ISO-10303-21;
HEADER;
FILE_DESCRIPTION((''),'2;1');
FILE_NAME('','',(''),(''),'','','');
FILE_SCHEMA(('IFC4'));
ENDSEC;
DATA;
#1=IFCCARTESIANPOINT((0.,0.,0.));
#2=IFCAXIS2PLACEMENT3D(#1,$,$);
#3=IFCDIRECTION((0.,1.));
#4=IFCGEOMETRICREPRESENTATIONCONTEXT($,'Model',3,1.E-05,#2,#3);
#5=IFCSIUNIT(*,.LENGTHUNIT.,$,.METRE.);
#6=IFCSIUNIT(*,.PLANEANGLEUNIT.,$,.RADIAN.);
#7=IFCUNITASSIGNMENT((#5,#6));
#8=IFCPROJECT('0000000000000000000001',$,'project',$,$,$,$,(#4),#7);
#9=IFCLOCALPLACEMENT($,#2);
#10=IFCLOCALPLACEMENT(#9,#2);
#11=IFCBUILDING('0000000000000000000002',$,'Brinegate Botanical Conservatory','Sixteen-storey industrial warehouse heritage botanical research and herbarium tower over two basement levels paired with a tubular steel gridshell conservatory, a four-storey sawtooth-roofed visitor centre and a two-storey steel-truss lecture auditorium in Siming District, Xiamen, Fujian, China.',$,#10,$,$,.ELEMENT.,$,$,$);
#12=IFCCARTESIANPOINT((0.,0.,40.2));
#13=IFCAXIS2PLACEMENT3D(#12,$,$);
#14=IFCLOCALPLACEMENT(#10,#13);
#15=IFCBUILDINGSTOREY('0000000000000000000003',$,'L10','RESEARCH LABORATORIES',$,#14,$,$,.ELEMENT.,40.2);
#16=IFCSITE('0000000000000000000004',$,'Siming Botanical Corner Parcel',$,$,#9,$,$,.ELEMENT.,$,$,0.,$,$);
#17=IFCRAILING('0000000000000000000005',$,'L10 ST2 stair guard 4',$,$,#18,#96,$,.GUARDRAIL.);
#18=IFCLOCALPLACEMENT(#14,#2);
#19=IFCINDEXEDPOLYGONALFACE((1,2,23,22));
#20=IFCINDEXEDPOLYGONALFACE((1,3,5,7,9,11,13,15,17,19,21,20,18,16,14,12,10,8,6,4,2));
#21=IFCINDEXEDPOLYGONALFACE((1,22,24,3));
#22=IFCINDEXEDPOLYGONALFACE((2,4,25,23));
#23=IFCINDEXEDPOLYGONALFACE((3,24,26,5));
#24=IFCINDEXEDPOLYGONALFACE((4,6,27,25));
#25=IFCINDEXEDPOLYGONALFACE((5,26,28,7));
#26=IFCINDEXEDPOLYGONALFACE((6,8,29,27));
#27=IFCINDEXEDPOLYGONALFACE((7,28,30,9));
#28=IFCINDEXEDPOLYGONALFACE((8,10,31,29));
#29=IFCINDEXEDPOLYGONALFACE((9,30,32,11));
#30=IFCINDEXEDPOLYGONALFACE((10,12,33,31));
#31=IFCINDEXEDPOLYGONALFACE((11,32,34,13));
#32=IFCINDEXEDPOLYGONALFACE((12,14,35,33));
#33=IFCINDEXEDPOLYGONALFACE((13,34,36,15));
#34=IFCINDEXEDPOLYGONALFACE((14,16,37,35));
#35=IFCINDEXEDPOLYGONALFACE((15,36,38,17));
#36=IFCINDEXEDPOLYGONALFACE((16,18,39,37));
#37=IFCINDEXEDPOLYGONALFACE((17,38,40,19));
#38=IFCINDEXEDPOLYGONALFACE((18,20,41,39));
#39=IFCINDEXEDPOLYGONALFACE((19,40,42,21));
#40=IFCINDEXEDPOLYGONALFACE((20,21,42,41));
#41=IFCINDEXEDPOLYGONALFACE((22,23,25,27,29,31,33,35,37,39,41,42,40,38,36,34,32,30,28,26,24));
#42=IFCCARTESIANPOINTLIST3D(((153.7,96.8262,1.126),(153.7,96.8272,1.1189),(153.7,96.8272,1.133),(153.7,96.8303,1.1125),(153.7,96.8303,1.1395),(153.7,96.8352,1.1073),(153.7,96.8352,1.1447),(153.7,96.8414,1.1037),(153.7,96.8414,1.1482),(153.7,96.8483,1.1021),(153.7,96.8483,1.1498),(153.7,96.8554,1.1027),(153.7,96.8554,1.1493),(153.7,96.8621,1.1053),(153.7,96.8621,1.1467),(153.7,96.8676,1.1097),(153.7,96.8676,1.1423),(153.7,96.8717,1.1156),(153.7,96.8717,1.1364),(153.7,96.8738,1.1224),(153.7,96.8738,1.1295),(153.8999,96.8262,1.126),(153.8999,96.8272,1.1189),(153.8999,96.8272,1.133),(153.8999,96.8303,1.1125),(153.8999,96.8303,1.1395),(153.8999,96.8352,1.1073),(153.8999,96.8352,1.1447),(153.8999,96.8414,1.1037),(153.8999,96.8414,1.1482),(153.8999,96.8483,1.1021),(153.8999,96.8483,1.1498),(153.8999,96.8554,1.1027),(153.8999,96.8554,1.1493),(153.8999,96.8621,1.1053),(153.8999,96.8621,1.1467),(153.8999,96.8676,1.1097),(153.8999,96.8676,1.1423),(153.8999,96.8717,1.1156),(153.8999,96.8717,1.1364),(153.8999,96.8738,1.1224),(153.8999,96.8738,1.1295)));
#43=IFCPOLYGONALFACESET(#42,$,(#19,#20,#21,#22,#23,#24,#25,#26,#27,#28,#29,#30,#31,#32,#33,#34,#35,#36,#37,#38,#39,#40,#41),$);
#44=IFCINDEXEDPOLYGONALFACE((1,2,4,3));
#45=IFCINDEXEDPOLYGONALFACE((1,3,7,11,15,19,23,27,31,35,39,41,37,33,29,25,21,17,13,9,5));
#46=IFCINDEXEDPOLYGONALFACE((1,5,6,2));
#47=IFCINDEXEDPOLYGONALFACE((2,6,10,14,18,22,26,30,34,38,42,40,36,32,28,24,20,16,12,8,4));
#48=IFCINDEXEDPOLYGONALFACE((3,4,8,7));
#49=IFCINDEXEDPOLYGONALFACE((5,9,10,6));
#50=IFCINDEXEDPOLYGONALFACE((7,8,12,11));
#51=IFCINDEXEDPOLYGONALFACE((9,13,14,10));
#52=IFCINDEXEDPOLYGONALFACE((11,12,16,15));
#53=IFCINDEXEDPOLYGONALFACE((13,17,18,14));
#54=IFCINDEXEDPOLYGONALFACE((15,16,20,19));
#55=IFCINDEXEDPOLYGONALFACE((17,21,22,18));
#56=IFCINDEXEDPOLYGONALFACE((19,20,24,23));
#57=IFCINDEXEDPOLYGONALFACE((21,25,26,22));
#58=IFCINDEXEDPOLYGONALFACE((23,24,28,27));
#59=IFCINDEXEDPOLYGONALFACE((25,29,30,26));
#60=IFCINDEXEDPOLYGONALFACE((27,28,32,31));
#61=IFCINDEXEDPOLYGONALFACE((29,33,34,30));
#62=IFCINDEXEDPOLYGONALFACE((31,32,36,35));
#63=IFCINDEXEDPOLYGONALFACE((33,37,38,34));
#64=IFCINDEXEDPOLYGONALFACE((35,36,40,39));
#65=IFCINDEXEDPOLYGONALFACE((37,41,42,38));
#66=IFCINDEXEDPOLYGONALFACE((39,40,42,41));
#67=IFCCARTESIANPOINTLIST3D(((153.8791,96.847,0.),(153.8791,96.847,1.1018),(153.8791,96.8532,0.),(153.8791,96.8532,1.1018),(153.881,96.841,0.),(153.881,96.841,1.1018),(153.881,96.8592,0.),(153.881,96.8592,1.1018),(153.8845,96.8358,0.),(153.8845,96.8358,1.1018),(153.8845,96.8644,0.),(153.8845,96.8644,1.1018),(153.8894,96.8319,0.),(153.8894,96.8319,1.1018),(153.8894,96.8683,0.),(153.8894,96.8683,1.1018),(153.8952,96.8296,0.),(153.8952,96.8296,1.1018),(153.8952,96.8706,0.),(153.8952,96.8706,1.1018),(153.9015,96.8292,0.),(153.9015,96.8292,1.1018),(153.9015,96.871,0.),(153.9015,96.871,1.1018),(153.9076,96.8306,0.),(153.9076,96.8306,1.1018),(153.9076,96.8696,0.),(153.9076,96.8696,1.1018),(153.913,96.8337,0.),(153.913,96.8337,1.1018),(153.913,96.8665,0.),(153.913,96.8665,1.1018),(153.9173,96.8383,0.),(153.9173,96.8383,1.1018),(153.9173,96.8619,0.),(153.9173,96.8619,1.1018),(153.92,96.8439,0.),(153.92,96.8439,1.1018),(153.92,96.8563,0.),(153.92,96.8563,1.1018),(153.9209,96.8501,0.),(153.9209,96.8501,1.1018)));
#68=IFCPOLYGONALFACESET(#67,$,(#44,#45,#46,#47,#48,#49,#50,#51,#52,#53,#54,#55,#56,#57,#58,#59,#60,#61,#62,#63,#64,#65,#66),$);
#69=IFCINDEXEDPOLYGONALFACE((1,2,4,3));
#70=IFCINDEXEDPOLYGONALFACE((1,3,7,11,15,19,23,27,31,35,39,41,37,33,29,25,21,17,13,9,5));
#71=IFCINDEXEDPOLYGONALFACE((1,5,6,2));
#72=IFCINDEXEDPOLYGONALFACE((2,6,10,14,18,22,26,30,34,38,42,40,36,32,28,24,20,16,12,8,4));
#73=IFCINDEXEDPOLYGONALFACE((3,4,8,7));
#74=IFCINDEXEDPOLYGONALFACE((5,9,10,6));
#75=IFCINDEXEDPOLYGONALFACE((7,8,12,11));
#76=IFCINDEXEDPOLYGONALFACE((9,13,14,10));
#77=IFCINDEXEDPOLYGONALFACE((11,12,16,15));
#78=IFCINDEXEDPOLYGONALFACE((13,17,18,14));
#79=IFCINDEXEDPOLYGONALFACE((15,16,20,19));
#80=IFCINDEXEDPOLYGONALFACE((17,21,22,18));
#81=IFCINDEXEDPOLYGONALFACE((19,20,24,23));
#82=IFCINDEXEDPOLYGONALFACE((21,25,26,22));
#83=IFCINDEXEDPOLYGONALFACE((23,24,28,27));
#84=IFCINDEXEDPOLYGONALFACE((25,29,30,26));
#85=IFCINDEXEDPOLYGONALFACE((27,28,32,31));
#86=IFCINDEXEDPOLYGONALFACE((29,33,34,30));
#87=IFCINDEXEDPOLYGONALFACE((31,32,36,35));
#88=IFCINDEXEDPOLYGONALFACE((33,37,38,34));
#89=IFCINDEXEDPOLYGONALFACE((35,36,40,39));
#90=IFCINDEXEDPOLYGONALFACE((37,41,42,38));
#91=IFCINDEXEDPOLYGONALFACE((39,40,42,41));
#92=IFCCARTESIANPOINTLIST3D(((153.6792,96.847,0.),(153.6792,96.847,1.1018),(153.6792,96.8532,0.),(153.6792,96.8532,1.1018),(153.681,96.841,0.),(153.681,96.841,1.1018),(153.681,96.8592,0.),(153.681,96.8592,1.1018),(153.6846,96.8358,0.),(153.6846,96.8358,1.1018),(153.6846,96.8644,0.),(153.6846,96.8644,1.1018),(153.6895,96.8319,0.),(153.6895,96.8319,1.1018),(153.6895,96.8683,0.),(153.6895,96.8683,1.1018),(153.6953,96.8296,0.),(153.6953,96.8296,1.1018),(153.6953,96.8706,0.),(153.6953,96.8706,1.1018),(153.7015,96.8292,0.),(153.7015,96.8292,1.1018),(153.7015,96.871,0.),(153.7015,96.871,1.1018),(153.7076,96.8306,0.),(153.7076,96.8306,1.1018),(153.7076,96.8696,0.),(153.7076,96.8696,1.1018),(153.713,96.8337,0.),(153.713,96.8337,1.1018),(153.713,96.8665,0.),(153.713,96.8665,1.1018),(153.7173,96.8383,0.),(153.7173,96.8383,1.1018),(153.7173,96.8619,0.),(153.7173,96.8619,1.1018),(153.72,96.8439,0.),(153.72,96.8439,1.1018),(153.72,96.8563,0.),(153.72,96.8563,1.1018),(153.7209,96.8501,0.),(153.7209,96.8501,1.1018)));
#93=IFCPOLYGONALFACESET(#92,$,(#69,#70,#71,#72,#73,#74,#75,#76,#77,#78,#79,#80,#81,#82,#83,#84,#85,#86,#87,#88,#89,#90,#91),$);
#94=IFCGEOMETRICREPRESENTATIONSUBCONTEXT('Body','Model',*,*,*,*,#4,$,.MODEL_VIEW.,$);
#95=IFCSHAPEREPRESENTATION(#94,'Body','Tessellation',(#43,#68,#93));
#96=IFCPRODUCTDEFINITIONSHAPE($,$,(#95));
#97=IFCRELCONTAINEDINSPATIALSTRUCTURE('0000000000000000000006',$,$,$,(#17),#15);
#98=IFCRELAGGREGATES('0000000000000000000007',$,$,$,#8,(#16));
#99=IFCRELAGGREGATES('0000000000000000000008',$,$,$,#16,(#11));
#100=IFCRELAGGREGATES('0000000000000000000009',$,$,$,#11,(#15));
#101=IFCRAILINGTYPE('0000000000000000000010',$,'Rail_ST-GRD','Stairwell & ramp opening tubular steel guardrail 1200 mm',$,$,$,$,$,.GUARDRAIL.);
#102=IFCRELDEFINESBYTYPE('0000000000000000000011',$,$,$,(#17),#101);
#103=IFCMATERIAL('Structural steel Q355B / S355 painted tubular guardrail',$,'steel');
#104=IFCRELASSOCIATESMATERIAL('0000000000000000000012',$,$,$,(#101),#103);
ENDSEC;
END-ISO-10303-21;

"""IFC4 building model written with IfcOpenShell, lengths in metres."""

from ifc_helpers import new_model, si_unit, direction, frame, origin, origin_2d, place, context, subcontext, project, spatial, circle, extrude, material, type_object, element, save


model = new_model("IFC4")

# Units and contexts
model_context = context("Model", 3, precision=1e-05, world=origin(), true_north=direction((0.0, 1.0)))
body_context = subcontext(model_context, "Body", "Model", "MODEL_VIEW")
ifc_project = project(units=[si_unit("LENGTHUNIT", "METRE"), si_unit("PLANEANGLEUNIT", "RADIAN")], contexts=[model_context])

# Site, building, storey
site_placement = place(None, origin())
site = spatial("IfcSite", under=ifc_project, at=site_placement, Name="Siming Botanical Corner Parcel", CompositionType="ELEMENT", RefElevation=0.0)
building_placement = place(site_placement, origin())
building = spatial("IfcBuilding", under=site, at=building_placement, Name="Brinegate Botanical Conservatory", Description="Sixteen-storey industrial warehouse heritage botanical research and herbarium tower over two basement levels paired with a tubular steel gridshell conservatory, a four-storey sawtooth-roofed visitor centre and a two-storey steel-truss lecture auditorium in Siming District, Xiamen, Fujian, China.", CompositionType="ELEMENT")
storey_placement = place(building_placement, frame((0.0, 0.0, 40.2)))
storey = spatial("IfcBuildingStorey", under=building, at=storey_placement, Name="L10", Description="RESEARCH LABORATORIES", CompositionType="ELEMENT", Elevation=40.2)

# Railing
ifc_material_1 = material(Name="Structural steel Q355B / S355 painted tubular guardrail", Category="steel")
railing_type_1 = type_object("IfcRailingType", Name="Rail_ST-GRD", Description="Stairwell & ramp opening tubular steel guardrail 1200 mm", PredefinedType="GUARDRAIL", material=ifc_material_1)
railing_1_placement = place(storey_placement, frame((153.8999, 96.8501, 0.0)))
element("IfcRailing", 1, at=railing_1_placement, inside=storey, type_object=railing_type_1, Name="L10 ST2 stair guard 4", PredefinedType="GUARDRAIL", context=body_context, shape_type="SweptSolid", body=[
    extrude(circle(Radius=0.0239, at=origin_2d()), frame((0.0, 0.0, 1.126), z_axis=(-1.0, 0.0, 0.0), x_axis=(0.0, -1.0, 0.0)), (0.0, 0.0, 1.0), 0.2),
    extrude(circle(Radius=0.021, at=origin_2d()), origin(), (0.0, 0.0, 1.0), 1.1018),
    extrude(circle(Radius=0.021, at=origin_2d()), frame((-0.2, 0.0, 0.0)), (0.0, 0.0, 1.0), 1.1018),
])

save(model, "model.ifc")
